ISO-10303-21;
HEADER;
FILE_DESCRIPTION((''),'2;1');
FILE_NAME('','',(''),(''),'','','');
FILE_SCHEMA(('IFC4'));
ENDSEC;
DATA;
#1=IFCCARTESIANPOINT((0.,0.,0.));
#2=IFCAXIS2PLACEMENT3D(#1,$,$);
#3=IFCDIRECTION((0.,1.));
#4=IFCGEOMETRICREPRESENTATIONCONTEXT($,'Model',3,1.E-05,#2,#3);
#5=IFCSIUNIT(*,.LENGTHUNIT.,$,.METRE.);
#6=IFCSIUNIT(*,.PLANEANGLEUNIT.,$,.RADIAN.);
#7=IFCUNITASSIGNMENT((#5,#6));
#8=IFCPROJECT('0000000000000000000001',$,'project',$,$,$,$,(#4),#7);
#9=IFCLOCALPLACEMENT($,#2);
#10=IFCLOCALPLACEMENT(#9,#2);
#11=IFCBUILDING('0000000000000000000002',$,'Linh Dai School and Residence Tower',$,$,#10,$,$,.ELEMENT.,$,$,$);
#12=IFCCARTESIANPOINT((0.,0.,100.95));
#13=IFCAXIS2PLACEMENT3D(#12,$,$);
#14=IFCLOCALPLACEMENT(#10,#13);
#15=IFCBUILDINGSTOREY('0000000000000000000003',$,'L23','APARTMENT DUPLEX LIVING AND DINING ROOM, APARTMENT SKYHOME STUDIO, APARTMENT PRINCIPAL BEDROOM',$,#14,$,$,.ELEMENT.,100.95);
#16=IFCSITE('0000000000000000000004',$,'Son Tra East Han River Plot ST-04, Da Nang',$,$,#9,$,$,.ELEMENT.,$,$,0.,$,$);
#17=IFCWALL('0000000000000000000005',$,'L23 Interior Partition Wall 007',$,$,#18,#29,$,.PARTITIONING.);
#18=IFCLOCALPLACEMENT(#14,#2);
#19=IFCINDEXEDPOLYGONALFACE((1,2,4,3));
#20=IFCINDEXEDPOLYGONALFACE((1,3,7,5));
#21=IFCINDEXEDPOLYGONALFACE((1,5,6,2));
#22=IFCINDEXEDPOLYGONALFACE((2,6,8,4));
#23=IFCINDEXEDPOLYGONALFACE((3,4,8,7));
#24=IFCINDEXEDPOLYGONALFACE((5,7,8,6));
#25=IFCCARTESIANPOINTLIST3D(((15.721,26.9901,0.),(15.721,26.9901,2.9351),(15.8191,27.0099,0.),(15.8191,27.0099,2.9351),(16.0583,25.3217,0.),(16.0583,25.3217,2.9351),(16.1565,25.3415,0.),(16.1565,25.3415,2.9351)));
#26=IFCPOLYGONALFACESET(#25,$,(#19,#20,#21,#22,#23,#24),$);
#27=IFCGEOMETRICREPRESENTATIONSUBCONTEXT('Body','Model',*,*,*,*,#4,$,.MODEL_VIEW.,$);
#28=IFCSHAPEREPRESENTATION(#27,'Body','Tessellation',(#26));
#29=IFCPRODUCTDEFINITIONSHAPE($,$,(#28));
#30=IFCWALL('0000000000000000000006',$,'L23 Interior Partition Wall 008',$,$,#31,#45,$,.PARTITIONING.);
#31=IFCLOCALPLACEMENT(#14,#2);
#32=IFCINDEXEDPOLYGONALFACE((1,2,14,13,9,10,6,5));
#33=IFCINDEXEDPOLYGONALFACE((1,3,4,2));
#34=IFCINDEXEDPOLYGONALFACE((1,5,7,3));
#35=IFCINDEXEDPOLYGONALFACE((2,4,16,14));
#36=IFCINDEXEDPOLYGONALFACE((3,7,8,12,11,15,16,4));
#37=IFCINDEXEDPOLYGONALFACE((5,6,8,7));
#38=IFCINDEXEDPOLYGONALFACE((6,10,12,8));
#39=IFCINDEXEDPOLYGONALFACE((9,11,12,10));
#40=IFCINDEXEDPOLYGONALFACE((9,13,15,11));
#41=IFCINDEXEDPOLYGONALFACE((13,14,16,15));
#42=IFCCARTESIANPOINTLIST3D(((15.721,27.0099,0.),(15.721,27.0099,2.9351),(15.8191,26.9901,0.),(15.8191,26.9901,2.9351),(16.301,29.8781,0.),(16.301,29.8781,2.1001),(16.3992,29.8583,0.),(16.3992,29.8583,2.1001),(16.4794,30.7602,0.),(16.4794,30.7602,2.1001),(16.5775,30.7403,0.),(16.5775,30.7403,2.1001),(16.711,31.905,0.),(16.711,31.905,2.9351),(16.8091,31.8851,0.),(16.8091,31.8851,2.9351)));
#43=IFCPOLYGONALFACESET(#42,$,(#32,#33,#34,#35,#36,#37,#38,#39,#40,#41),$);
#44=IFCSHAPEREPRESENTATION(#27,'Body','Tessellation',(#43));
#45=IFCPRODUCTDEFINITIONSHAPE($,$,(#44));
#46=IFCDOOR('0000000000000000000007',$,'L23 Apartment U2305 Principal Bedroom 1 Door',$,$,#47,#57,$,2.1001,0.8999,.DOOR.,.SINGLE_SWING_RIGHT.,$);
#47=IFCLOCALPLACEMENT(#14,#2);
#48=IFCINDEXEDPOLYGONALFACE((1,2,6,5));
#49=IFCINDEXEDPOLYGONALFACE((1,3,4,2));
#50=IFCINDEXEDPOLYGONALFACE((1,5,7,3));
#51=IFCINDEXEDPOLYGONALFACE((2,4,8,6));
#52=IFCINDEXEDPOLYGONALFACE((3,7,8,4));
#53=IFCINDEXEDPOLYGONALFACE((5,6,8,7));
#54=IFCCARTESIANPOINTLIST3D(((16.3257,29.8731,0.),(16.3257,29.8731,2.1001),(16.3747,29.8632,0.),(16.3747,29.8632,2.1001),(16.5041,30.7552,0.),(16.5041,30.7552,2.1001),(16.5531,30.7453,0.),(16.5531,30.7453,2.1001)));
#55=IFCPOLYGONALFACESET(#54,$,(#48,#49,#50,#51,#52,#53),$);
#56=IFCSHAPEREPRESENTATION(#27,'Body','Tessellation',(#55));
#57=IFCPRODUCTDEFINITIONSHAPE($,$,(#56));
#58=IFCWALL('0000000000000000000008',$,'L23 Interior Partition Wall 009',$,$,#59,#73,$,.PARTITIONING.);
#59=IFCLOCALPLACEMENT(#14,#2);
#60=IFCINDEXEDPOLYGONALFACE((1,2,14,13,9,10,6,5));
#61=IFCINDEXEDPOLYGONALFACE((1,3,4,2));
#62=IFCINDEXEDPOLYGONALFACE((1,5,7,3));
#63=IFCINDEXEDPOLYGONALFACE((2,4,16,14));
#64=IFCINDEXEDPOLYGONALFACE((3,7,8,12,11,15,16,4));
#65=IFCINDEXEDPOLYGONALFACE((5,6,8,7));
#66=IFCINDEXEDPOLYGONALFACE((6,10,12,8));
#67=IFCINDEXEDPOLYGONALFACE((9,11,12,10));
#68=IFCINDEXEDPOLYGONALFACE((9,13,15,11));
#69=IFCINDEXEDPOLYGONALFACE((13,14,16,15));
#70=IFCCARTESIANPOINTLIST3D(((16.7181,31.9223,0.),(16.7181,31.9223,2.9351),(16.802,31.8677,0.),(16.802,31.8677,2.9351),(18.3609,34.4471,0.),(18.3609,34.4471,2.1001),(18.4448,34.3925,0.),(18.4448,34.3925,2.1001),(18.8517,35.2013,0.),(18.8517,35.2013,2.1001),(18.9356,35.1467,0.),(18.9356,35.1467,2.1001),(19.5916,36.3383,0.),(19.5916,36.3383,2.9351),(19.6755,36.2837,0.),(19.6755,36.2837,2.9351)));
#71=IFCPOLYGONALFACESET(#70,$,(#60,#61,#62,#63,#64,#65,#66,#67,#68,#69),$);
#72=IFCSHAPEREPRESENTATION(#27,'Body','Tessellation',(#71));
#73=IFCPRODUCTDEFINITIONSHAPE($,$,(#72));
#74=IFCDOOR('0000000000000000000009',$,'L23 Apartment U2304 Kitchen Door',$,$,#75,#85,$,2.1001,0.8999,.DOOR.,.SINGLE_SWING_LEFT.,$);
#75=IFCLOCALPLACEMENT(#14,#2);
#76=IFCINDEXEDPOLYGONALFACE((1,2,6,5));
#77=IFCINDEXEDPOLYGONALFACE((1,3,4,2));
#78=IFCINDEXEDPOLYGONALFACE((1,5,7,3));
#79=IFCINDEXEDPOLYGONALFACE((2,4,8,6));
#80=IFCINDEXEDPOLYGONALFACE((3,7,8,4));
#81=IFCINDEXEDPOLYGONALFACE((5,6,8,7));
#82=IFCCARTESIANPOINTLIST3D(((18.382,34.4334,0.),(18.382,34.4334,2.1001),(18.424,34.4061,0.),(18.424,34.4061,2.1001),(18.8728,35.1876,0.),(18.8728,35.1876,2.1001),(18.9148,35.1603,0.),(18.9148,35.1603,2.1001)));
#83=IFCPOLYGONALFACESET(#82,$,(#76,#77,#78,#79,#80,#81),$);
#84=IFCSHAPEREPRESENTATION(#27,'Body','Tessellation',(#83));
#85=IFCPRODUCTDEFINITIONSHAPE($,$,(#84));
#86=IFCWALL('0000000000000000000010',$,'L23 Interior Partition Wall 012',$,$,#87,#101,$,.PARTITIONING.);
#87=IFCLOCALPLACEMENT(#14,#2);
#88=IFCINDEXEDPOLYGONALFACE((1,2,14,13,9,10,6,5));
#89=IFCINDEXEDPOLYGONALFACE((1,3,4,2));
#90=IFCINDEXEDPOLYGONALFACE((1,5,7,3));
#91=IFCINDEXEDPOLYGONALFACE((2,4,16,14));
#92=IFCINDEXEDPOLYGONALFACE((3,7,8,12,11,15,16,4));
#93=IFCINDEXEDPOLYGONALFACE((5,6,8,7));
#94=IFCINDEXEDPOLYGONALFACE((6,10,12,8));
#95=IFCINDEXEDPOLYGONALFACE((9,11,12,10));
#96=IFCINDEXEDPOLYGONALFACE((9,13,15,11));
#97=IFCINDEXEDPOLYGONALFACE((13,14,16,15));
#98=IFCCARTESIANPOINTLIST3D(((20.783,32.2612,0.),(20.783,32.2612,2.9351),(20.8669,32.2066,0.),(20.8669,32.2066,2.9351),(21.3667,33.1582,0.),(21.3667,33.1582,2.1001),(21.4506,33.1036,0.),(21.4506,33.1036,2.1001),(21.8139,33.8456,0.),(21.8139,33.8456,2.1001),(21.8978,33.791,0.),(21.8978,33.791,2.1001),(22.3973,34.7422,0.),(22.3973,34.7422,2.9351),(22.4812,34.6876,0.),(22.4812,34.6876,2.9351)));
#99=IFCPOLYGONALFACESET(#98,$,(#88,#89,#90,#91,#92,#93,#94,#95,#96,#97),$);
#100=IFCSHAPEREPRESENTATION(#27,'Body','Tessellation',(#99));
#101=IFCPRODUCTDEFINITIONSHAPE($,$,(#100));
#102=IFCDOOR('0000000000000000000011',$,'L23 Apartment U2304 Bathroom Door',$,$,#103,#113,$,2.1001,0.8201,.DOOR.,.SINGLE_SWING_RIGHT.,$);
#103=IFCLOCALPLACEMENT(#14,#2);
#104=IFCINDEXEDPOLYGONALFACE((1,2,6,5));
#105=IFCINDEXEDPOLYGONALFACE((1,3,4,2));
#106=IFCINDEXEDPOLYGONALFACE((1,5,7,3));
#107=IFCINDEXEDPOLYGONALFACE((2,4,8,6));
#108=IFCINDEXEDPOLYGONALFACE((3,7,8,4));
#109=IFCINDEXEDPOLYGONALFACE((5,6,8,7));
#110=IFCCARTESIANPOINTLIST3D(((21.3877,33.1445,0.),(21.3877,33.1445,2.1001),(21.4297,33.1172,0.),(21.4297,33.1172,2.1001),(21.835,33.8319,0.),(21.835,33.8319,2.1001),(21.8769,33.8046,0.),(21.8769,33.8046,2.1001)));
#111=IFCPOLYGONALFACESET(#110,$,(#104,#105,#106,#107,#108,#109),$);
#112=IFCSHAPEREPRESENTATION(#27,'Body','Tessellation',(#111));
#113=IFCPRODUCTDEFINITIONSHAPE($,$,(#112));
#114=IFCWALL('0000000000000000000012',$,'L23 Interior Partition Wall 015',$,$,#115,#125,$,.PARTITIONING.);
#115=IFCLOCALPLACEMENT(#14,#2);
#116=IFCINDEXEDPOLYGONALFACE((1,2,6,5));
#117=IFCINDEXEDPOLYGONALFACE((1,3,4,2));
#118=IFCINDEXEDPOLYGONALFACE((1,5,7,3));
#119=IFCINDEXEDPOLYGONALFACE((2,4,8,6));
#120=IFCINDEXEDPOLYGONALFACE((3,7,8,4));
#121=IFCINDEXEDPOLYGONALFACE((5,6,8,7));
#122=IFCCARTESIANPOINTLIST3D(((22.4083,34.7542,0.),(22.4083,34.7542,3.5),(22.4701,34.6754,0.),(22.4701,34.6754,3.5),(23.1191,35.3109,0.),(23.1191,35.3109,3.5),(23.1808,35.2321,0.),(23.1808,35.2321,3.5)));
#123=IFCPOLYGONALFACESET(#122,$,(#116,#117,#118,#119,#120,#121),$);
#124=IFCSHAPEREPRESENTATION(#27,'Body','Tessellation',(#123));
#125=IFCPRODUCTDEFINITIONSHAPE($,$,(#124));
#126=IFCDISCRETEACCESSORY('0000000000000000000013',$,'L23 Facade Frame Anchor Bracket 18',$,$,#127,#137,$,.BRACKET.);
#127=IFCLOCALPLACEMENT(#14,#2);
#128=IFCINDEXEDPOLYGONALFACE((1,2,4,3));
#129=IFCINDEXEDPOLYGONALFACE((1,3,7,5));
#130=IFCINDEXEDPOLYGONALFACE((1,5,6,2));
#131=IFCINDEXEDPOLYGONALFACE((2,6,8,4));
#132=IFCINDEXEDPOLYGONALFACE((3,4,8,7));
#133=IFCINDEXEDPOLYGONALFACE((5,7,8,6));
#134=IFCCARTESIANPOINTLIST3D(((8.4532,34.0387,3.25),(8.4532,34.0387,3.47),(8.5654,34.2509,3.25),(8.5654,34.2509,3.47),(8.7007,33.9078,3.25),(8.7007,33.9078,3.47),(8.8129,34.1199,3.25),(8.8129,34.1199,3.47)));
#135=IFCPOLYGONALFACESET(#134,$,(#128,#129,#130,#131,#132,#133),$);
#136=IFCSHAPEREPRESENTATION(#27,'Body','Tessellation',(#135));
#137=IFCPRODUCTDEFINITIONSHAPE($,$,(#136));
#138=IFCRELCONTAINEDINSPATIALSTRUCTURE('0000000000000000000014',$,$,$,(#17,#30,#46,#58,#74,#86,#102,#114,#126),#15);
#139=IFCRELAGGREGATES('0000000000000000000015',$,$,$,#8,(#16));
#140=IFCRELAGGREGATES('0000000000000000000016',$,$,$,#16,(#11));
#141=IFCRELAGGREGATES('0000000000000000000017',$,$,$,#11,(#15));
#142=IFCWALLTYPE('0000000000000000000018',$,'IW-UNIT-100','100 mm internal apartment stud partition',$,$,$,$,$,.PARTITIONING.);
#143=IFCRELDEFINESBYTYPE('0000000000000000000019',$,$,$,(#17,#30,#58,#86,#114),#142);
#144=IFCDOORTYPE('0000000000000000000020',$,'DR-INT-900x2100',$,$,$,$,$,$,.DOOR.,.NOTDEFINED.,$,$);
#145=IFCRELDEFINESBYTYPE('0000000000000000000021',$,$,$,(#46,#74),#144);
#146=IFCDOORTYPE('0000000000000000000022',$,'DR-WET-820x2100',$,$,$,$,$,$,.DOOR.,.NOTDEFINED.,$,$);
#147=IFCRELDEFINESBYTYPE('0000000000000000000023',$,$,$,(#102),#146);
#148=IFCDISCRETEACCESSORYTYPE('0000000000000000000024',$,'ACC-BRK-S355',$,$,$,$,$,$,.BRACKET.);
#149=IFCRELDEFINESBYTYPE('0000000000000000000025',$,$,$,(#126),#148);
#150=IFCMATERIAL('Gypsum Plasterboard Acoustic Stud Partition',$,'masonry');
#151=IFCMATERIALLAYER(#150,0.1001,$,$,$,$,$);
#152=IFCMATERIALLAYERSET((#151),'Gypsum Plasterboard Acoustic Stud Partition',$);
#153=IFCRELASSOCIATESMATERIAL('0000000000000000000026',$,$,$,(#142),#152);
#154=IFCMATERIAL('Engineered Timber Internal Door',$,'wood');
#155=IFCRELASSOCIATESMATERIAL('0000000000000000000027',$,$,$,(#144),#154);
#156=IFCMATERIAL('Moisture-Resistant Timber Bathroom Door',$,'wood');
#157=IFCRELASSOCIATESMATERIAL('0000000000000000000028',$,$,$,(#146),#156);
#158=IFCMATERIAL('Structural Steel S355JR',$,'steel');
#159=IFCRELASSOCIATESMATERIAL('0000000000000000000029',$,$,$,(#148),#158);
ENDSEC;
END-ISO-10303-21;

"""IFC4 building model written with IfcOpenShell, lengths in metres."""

from ifc_helpers import new_model, si_unit, direction, frame, frame_2d, origin, origin_2d, place, context, subcontext, project, spatial, rectangle, extrude, source, transform, mapped, material, layer, layer_set, type_object, element, fill, save


model = new_model("IFC4")

# Units and contexts
model_context = context("Model", 3, precision=1e-05, world=origin(), true_north=direction((0.0, 1.0)))
body_context = subcontext(model_context, "Body", "Model", "MODEL_VIEW")
ifc_project = project(units=[si_unit("LENGTHUNIT", "METRE"), si_unit("PLANEANGLEUNIT", "RADIAN")], contexts=[model_context])

# Site, building, storey
site_placement = place(None, origin())
site = spatial("IfcSite", under=ifc_project, at=site_placement, Name="Son Tra East Han River Plot ST-04, Da Nang", CompositionType="ELEMENT", RefElevation=0.0)
building_placement = place(site_placement, origin())
building = spatial("IfcBuilding", under=site, at=building_placement, Name="Linh Dai School and Residence Tower", CompositionType="ELEMENT")
storey_placement = place(building_placement, frame((0.0, 0.0, 100.95)))
storey = spatial("IfcBuildingStorey", under=building, at=storey_placement, Name="L23", Description="APARTMENT DUPLEX LIVING AND DINING ROOM, APARTMENT SKYHOME STUDIO, APARTMENT PRINCIPAL BEDROOM", CompositionType="ELEMENT", Elevation=100.95)

# Shared definitions
ifc_material_1 = material(Name="Structural Steel S355JR", Category="steel")

# Wall
ifc_material_2 = material(Name="Gypsum Plasterboard Acoustic Stud Partition", Category="masonry")
ifc_layer_1 = layer(ifc_material_2, 0.1001)
ifc_layer_set_1 = layer_set([ifc_layer_1], Name="Gypsum Plasterboard Acoustic Stud Partition")
wall_type_1 = type_object("IfcWallType", Name="IW-UNIT-100", Description="100 mm internal apartment stud partition", PredefinedType="PARTITIONING", material=ifc_layer_set_1)
wall_1_placement = place(storey_placement, frame((15.77, 27.0, 0.0), z_axis=(0.0, 0.0, 1.0), x_axis=(0.198212, -0.980159, 0.0)))
element("IfcWall", 1, at=wall_1_placement, inside=storey, type_object=wall_type_1, Name="L23 Interior Partition Wall 007", PredefinedType="PARTITIONING", context=body_context, shape_type="SweptSolid", body=[
    extrude(rectangle(XDim=1.7021, YDim=0.1001, at=frame_2d((0.8511, 0.0))), origin(), (0.0, 0.0, 1.0), 2.9351),
])

# Walls, openings, doors
wall_2_placement = place(storey_placement, frame((15.77, 27.0, 0.0), z_axis=(0.0, 0.0, 1.0), x_axis=(0.198231, 0.980155, 0.0)))
wall_2 = element("IfcWall", 2, at=wall_2_placement, inside=storey, type_object=wall_type_1, Name="L23 Interior Partition Wall 008", PredefinedType="PARTITIONING", context=body_context, shape_type="SweptSolid", body=[
    extrude(rectangle(XDim=4.9941, YDim=0.1001, at=frame_2d((2.4971, 0.0))), origin(), (0.0, 0.0, 1.0), 2.9351),
])
opening_1_placement = place(wall_2_placement, frame((2.9263, 0.0, 0.0)))
opening_1 = element("IfcOpeningElement", 3, at=opening_1_placement, cuts=wall_2, PredefinedType="OPENING", context=body_context, shape_type="SweptSolid", body=[
    extrude(rectangle(XDim=0.8999, YDim=2.1001, at=origin_2d()), frame((0.45, 0.0601, 1.05), z_axis=(0.0, -1.0, 0.0), x_axis=(1.0, 0.0, 0.0)), (0.0, 0.0, 1.0), 0.1201),
])
ifc_material_3 = material(Name="Engineered Timber Internal Door", Category="wood")
door_type_1 = type_object("IfcDoorType", Name="DR-INT-900x2100", OperationType="NOTDEFINED", PredefinedType="DOOR", material=ifc_material_3)
shared_shape_1 = source(origin(), body_context, "Body", "SweptSolid", [
    extrude(rectangle(XDim=0.8999, YDim=2.1001, at=origin_2d()), frame((0.45, 0.0249, 1.05), z_axis=(0.0, -1.0, 0.0), x_axis=(1.0, 0.0, 0.0)), (0.0, 0.0, 1.0), 0.05),
])
door_1_placement = place(opening_1_placement, origin())
door_1 = element("IfcDoor", 4, at=door_1_placement, inside=storey, type_object=door_type_1, Name="L23 Apartment U2305 Principal Bedroom 1 Door", OperationType="SINGLE_SWING_RIGHT", OverallHeight=2.1001, OverallWidth=0.8999, PredefinedType="DOOR", context=body_context, shape_type="MappedRepresentation", body=[
    mapped(shared_shape_1, transform((0.0, 0.0, 0.0), x_axis=(1.0, 0.0, 0.0), y_axis=(0.0, 1.0, 0.0), z_axis=(0.0, 0.0, 1.0), scale=1.0)),
])
fill(opening_1, door_1)
wall_3_placement = place(storey_placement, frame((16.76, 31.895, 0.0), z_axis=(0.0, 0.0, 1.0), x_axis=(0.545405, 0.838172, 0.0)))
wall_3 = element("IfcWall", 5, at=wall_3_placement, inside=storey, type_object=wall_type_1, Name="L23 Interior Partition Wall 009", PredefinedType="PARTITIONING", context=body_context, shape_type="SweptSolid", body=[
    extrude(rectangle(XDim=5.2686, YDim=0.1001, at=frame_2d((2.6343, 0.0))), origin(), (0.0, 0.0, 1.0), 2.9351),
])
opening_2_placement = place(wall_3_placement, frame((3.0122, 0.0, 0.0)))
opening_2 = element("IfcOpeningElement", 6, at=opening_2_placement, cuts=wall_3, PredefinedType="OPENING", context=body_context, shape_type="SweptSolid", body=[
    extrude(rectangle(XDim=0.8999, YDim=2.1001, at=origin_2d()), frame((0.45, 0.0601, 1.05), z_axis=(0.0, -1.0, 0.0), x_axis=(1.0, 0.0, 0.0)), (0.0, 0.0, 1.0), 0.1201),
])
door_2_placement = place(opening_2_placement, origin())
door_2 = element("IfcDoor", 7, at=door_2_placement, inside=storey, type_object=door_type_1, Name="L23 Apartment U2304 Kitchen Door", OperationType="SINGLE_SWING_LEFT", OverallHeight=2.1001, OverallWidth=0.8999, PredefinedType="DOOR", context=body_context, shape_type="MappedRepresentation", body=[
    mapped(shared_shape_1, transform((0.0, 0.0, 0.0), x_axis=(1.0, 0.0, 0.0), y_axis=(0.0, 1.0, 0.0), z_axis=(0.0, 0.0, 1.0), scale=1.0)),
])
fill(opening_2, door_2)
wall_4_placement = place(storey_placement, frame((20.825, 32.2339, 0.0), z_axis=(0.0, 0.0, 1.0), x_axis=(0.545377, 0.838191, 0.0)))
wall_4 = element("IfcWall", 8, at=wall_4_placement, inside=storey, type_object=wall_type_1, Name="L23 Interior Partition Wall 012", PredefinedType="PARTITIONING", context=body_context, shape_type="SweptSolid", body=[
    extrude(rectangle(XDim=2.96, YDim=0.1001, at=frame_2d((1.48, 0.0))), origin(), (0.0, 0.0, 1.0), 2.9351),
])
opening_3_placement = place(wall_4_placement, frame((1.0701, 0.0, 0.0)))
opening_3 = element("IfcOpeningElement", 9, at=opening_3_placement, cuts=wall_4, PredefinedType="OPENING", context=body_context, shape_type="SweptSolid", body=[
    extrude(rectangle(XDim=0.8201, YDim=2.1001, at=origin_2d()), frame((0.4102, 0.0601, 1.05), z_axis=(0.0, -1.0, 0.0), x_axis=(1.0, 0.0, 0.0)), (0.0, 0.0, 1.0), 0.1201),
])
ifc_material_4 = material(Name="Moisture-Resistant Timber Bathroom Door", Category="wood")
door_type_2 = type_object("IfcDoorType", Name="DR-WET-820x2100", OperationType="NOTDEFINED", PredefinedType="DOOR", material=ifc_material_4)
shared_shape_2 = source(origin(), body_context, "Body", "SweptSolid", [
    extrude(rectangle(XDim=0.8201, YDim=2.1001, at=origin_2d()), frame((0.4102, 0.0249, 1.05), z_axis=(0.0, -1.0, 0.0), x_axis=(1.0, 0.0, 0.0)), (0.0, 0.0, 1.0), 0.05),
])
door_3_placement = place(opening_3_placement, origin())
door_3 = element("IfcDoor", 10, at=door_3_placement, inside=storey, type_object=door_type_2, Name="L23 Apartment U2304 Bathroom Door", OperationType="SINGLE_SWING_RIGHT", OverallHeight=2.1001, OverallWidth=0.8201, PredefinedType="DOOR", context=body_context, shape_type="MappedRepresentation", body=[
    mapped(shared_shape_2, transform((0.0, 0.0, 0.0), x_axis=(1.0, 0.0, 0.0), y_axis=(0.0, 1.0, 0.0), z_axis=(0.0, 0.0, 1.0), scale=1.0)),
])
fill(opening_3, door_3)

# Wall
wall_5_placement = place(storey_placement, frame((22.4392, 34.7148, 0.0), z_axis=(0.0, 0.0, 1.0), x_axis=(0.787265, 0.616614, 0.0)))
element("IfcWall", 11, at=wall_5_placement, inside=storey, type_object=wall_type_1, Name="L23 Interior Partition Wall 015", PredefinedType="PARTITIONING", context=body_context, shape_type="SweptSolid", body=[
    extrude(rectangle(XDim=0.9028, YDim=0.1001, at=frame_2d((0.4514, 0.0))), origin(), (0.0, 0.0, 1.0), 3.5),
])

# Discrete accessory
discrete_accessory_type = type_object("IfcDiscreteAccessoryType", Name="ACC-BRK-S355", PredefinedType="BRACKET", material=ifc_material_1)
shared_shape_3 = source(origin(), body_context, "Body", "SweptSolid", [
    extrude(rectangle(XDim=0.28, YDim=0.24, at=origin_2d()), origin(), (0.0, 0.0, 1.0), 0.22),
])
discrete_accessory_placement = place(storey_placement, frame((8.6331, 34.0793, 3.25), z_axis=(0.0, 0.0, 1.0), x_axis=(-0.883942, 0.467596, 0.0)))
element("IfcDiscreteAccessory", 12, at=discrete_accessory_placement, inside=storey, type_object=discrete_accessory_type, Name="L23 Facade Frame Anchor Bracket 18", PredefinedType="BRACKET", context=body_context, shape_type="MappedRepresentation", body=[
    mapped(shared_shape_3, transform((0.0, 0.0, 0.0), x_axis=(1.0, 0.0, 0.0), y_axis=(0.0, 1.0, 0.0), z_axis=(0.0, 0.0, 1.0), scale=1.0)),
])

save(model, "model.ifc")
